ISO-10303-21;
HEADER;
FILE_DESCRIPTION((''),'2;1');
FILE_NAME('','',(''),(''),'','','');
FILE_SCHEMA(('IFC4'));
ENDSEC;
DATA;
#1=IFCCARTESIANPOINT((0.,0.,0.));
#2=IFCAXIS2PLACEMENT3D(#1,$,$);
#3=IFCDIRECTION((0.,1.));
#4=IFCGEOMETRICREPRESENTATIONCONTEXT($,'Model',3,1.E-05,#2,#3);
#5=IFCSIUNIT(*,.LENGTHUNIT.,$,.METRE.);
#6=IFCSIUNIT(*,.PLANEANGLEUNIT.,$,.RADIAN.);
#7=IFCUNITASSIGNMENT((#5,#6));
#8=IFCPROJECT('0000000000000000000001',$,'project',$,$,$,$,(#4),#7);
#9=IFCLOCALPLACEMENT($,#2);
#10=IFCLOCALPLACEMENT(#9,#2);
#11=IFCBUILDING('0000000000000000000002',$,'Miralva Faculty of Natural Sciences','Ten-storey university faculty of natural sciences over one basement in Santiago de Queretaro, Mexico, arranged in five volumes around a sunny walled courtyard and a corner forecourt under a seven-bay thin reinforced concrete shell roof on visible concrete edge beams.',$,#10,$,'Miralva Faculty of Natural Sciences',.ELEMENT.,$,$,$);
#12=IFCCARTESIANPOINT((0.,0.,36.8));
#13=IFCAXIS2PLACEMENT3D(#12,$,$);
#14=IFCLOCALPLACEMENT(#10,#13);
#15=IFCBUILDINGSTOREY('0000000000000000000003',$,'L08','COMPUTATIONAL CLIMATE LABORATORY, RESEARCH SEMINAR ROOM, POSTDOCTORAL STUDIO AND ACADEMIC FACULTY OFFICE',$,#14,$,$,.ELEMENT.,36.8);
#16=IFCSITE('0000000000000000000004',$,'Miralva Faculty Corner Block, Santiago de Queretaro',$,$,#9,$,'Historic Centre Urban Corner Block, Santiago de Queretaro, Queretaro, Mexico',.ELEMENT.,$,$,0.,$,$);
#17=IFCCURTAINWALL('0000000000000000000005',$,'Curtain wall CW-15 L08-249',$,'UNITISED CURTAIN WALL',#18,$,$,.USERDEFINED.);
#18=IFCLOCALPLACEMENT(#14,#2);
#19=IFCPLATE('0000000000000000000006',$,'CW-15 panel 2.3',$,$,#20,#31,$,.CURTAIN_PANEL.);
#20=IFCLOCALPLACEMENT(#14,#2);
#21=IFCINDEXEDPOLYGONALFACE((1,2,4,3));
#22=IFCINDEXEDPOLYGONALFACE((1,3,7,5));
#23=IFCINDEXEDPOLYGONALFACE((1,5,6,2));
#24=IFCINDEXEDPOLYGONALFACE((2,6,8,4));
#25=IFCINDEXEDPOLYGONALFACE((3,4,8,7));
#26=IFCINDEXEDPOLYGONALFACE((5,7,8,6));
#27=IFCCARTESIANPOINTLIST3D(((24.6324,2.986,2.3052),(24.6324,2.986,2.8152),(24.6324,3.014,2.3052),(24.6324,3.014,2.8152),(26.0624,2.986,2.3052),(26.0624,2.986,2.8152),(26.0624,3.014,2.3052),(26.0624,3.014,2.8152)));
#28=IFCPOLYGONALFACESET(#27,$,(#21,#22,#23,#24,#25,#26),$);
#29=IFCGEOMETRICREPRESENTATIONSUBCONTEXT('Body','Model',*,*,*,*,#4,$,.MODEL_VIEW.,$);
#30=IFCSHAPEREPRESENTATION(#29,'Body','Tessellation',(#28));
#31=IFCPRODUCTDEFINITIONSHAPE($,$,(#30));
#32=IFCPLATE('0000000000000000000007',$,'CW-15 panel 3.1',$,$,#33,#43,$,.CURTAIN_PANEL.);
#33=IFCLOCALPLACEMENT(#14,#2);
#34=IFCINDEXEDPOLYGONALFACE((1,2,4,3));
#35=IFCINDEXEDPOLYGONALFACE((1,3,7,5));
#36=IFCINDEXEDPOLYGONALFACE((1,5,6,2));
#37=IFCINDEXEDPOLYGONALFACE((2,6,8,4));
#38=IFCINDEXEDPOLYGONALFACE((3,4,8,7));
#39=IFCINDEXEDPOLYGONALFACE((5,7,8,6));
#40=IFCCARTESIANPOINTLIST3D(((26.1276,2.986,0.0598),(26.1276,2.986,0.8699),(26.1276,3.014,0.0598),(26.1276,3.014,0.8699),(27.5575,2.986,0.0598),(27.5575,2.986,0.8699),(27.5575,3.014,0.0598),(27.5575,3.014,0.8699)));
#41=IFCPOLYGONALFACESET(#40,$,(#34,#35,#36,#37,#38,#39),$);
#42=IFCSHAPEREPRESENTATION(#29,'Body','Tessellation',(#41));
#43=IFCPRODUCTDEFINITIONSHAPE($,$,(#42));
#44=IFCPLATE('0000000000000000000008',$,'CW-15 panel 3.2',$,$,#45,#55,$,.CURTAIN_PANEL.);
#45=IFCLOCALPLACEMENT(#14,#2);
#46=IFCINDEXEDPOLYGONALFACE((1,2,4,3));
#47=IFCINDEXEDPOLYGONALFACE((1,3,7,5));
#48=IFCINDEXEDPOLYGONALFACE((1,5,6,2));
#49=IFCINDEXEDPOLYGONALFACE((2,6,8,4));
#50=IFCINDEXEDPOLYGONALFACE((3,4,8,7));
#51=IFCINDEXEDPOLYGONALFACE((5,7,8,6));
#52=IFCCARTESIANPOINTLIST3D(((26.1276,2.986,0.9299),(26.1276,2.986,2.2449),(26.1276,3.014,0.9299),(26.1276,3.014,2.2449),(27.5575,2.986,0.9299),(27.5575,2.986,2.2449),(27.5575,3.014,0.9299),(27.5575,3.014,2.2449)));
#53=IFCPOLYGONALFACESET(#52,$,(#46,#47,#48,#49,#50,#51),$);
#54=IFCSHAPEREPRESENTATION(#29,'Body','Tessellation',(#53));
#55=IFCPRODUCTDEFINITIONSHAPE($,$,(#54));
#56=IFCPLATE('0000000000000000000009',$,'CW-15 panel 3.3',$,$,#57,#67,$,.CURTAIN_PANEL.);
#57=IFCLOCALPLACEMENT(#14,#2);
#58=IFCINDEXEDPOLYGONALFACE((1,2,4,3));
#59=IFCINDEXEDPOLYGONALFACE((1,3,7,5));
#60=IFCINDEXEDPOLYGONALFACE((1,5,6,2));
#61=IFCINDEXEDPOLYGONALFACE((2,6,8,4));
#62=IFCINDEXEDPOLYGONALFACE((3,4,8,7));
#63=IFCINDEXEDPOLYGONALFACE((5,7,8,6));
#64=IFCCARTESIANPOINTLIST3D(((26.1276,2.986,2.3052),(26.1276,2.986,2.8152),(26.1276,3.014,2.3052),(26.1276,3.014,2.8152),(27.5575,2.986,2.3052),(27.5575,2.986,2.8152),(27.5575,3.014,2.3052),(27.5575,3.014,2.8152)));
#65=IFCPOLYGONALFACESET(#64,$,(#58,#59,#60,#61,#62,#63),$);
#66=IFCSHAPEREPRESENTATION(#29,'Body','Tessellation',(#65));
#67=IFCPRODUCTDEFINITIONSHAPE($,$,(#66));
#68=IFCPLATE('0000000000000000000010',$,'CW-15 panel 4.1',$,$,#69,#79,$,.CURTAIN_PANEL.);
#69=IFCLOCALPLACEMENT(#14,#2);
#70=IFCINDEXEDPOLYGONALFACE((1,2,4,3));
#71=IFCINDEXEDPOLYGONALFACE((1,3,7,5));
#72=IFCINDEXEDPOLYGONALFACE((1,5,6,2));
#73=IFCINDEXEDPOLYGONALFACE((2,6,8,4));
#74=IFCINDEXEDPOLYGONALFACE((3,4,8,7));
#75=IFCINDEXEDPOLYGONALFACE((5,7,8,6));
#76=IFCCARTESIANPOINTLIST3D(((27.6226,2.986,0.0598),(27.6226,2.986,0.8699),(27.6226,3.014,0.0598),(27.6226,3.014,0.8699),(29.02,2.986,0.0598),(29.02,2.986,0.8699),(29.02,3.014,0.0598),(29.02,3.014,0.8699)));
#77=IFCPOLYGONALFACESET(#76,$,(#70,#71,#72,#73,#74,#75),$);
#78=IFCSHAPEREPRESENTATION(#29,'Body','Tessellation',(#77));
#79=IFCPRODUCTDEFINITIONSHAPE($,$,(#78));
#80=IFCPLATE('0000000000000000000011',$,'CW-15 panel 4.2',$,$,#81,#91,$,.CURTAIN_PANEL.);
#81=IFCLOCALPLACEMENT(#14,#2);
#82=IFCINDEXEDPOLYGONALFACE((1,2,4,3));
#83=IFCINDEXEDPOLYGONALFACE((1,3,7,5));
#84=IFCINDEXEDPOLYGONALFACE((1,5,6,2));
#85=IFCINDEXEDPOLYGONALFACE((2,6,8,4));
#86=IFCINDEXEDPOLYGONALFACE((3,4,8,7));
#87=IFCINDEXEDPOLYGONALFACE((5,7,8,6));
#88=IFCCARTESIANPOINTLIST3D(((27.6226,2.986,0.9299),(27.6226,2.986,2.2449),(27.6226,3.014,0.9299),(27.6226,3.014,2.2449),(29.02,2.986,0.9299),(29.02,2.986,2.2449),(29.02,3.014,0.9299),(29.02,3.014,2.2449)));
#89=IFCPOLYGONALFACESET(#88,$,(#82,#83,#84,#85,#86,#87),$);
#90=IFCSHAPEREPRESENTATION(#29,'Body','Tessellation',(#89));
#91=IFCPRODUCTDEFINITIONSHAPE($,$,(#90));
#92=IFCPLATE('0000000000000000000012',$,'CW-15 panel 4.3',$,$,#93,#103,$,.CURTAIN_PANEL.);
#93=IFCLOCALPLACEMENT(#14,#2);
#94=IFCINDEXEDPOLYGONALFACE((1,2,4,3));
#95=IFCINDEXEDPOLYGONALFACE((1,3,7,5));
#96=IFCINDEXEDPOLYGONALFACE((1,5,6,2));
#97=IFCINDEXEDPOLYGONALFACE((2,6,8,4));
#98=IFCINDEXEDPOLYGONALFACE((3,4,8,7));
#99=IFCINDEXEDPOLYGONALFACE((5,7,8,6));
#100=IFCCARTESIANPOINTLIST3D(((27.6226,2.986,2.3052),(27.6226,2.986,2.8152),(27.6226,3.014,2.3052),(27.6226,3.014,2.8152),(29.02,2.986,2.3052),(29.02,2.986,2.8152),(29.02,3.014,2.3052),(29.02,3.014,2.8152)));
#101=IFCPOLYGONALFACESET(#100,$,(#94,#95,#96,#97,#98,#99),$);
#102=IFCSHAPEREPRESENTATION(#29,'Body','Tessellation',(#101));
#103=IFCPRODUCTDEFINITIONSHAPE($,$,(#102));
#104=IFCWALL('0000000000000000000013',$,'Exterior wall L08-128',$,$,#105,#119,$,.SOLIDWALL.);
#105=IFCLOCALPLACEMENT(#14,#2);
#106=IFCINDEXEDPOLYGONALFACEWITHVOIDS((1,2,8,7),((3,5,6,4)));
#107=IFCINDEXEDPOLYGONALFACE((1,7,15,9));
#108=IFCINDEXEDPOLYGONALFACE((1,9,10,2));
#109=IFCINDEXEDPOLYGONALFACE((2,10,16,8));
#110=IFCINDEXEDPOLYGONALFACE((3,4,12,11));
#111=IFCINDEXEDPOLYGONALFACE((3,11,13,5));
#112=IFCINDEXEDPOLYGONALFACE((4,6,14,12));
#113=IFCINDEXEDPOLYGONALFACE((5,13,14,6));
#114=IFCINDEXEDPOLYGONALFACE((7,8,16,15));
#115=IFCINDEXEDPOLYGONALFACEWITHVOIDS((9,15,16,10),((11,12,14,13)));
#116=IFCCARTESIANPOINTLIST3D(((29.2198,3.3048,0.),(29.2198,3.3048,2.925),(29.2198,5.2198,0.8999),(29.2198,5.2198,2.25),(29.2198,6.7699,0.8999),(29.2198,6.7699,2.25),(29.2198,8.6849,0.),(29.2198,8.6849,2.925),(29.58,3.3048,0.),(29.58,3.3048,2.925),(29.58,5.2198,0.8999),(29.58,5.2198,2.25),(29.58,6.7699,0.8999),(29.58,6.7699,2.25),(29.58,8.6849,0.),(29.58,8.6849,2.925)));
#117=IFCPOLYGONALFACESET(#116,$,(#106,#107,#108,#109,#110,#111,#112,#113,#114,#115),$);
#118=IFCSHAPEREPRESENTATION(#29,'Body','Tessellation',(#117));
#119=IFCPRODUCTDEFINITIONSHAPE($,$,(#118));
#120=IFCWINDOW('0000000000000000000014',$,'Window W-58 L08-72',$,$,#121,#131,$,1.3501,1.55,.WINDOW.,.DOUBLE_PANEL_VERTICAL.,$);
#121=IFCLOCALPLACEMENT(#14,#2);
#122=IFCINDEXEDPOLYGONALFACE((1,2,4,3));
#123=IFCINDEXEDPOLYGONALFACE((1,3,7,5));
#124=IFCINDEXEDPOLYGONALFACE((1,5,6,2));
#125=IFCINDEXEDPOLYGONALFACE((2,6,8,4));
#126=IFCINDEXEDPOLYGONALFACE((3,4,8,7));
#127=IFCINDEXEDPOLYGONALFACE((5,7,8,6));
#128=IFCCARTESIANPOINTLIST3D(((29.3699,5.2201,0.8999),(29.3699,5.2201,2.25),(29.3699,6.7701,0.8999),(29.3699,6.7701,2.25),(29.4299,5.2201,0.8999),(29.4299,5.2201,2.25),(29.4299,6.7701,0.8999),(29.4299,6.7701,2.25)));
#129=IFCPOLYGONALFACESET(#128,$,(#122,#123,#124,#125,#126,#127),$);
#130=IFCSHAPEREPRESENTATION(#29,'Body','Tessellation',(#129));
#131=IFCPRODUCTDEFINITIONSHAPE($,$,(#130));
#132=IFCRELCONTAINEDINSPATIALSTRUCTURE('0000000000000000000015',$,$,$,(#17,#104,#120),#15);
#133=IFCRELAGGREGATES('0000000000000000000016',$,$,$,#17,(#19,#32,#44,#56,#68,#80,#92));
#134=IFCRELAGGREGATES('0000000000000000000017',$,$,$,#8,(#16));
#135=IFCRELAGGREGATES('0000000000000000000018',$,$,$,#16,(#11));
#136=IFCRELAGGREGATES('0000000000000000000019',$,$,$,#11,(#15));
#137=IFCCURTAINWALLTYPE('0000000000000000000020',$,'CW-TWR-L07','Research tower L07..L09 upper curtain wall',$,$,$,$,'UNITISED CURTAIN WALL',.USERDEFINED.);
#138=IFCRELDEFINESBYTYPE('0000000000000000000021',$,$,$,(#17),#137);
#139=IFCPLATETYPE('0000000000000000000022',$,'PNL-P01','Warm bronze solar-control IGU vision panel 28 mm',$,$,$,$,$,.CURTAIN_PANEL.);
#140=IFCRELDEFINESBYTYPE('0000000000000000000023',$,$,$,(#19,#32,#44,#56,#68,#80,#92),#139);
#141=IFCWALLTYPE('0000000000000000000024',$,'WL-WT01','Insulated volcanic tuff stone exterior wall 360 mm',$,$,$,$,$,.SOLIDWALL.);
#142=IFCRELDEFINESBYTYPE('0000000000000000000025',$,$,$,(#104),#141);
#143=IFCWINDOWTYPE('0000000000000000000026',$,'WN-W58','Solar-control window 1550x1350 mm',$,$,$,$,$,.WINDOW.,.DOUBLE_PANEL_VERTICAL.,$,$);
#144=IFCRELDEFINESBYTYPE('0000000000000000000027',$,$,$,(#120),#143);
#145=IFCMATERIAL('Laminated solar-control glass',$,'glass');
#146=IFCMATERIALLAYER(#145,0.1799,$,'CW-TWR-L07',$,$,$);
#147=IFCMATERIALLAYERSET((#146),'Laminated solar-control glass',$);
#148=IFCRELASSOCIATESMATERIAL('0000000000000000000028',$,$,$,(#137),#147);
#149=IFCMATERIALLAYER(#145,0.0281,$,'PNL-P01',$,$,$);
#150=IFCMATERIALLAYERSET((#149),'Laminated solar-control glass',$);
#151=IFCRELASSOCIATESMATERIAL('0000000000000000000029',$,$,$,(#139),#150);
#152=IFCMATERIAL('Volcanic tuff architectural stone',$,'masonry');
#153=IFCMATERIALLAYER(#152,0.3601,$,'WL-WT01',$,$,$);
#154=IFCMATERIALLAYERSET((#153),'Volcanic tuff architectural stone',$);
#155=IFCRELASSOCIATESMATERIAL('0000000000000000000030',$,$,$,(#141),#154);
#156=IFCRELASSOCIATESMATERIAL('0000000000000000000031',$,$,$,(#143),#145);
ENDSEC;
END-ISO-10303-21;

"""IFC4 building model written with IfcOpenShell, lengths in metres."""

from ifc_helpers import new_model, si_unit, direction, frame, frame_2d, origin, origin_2d, place, context, subcontext, project, spatial, rectangle, extrude, material, layer, layer_set, type_object, element, fill, aggregate, save


model = new_model("IFC4")

# Units and contexts
model_context = context("Model", 3, precision=1e-05, world=origin(), true_north=direction((0.0, 1.0)))
body_context = subcontext(model_context, "Body", "Model", "MODEL_VIEW")
ifc_project = project(units=[si_unit("LENGTHUNIT", "METRE"), si_unit("PLANEANGLEUNIT", "RADIAN")], contexts=[model_context])

# Site, building, storey
site_placement = place(None, origin())
site = spatial("IfcSite", under=ifc_project, at=site_placement, Name="Miralva Faculty Corner Block, Santiago de Queretaro", LongName="Historic Centre Urban Corner Block, Santiago de Queretaro, Queretaro, Mexico", CompositionType="ELEMENT", RefElevation=0.0)
building_placement = place(site_placement, origin())
building = spatial("IfcBuilding", under=site, at=building_placement, Name="Miralva Faculty of Natural Sciences", Description="Ten-storey university faculty of natural sciences over one basement in Santiago de Queretaro, Mexico, arranged in five volumes around a sunny walled courtyard and a corner forecourt under a seven-bay thin reinforced concrete shell roof on visible concrete edge beams.", LongName="Miralva Faculty of Natural Sciences", CompositionType="ELEMENT")
storey_placement = place(building_placement, frame((0.0, 0.0, 36.8)))
storey = spatial("IfcBuildingStorey", under=building, at=storey_placement, Name="L08", Description="COMPUTATIONAL CLIMATE LABORATORY, RESEARCH SEMINAR ROOM, POSTDOCTORAL STUDIO AND ACADEMIC FACULTY OFFICE", CompositionType="ELEMENT", Elevation=36.8)

# Curtain wall, plates
ifc_material_1 = material(Name="Laminated solar-control glass", Category="glass")
ifc_layer_1 = layer(ifc_material_1, 0.1799, Name="CW-TWR-L07")
ifc_layer_set_1 = layer_set([ifc_layer_1], Name="Laminated solar-control glass")
curtain_wall_type = type_object("IfcCurtainWallType", Name="CW-TWR-L07", Description="Research tower L07..L09 upper curtain wall", ElementType="UNITISED CURTAIN WALL", PredefinedType="USERDEFINED", material=ifc_layer_set_1)
curtain_wall_placement = place(storey_placement, origin())
curtain_wall = element("IfcCurtainWall", 1, at=curtain_wall_placement, inside=storey, type_object=curtain_wall_type, Name="Curtain wall CW-15 L08-249", ObjectType="UNITISED CURTAIN WALL", PredefinedType="USERDEFINED")
ifc_layer_2 = layer(ifc_material_1, 0.0281, Name="PNL-P01")
ifc_layer_set_2 = layer_set([ifc_layer_2], Name="Laminated solar-control glass")
plate_type = type_object("IfcPlateType", Name="PNL-P01", Description="Warm bronze solar-control IGU vision panel 28 mm", PredefinedType="CURTAIN_PANEL", material=ifc_layer_set_2)
plate_1_placement = place(storey_placement, frame((25.3474, 3.0, 2.3052), z_axis=(0.0, 0.0, 1.0), x_axis=(1.0, 0.0, 0.0)))
plate_1 = element("IfcPlate", 2, at=plate_1_placement, type_object=plate_type, Name="CW-15 panel 2.3", PredefinedType="CURTAIN_PANEL", context=body_context, shape_type="SweptSolid", body=[
    extrude(rectangle(XDim=1.4299, YDim=0.0281, at=origin_2d()), origin(), (0.0, 0.0, 1.0), 0.51),
])
plate_2_placement = place(storey_placement, frame((26.8425, 3.0, 0.0598), z_axis=(0.0, 0.0, 1.0), x_axis=(1.0, 0.0, 0.0)))
plate_2 = element("IfcPlate", 3, at=plate_2_placement, type_object=plate_type, Name="CW-15 panel 3.1", PredefinedType="CURTAIN_PANEL", context=body_context, shape_type="SweptSolid", body=[
    extrude(rectangle(XDim=1.4299, YDim=0.0281, at=origin_2d()), origin(), (0.0, 0.0, 1.0), 0.8101),
])
plate_3_placement = place(storey_placement, frame((26.8425, 3.0, 0.9299), z_axis=(0.0, 0.0, 1.0), x_axis=(1.0, 0.0, 0.0)))
plate_3 = element("IfcPlate", 4, at=plate_3_placement, type_object=plate_type, Name="CW-15 panel 3.2", PredefinedType="CURTAIN_PANEL", context=body_context, shape_type="SweptSolid", body=[
    extrude(rectangle(XDim=1.4299, YDim=0.0281, at=origin_2d()), origin(), (0.0, 0.0, 1.0), 1.3149),
])
plate_4_placement = place(storey_placement, frame((26.8425, 3.0, 2.3052), z_axis=(0.0, 0.0, 1.0), x_axis=(1.0, 0.0, 0.0)))
plate_4 = element("IfcPlate", 5, at=plate_4_placement, type_object=plate_type, Name="CW-15 panel 3.3", PredefinedType="CURTAIN_PANEL", context=body_context, shape_type="SweptSolid", body=[
    extrude(rectangle(XDim=1.4299, YDim=0.0281, at=origin_2d()), origin(), (0.0, 0.0, 1.0), 0.51),
])
plate_5_placement = place(storey_placement, frame((28.3213, 3.0, 0.0598), z_axis=(0.0, 0.0, 1.0), x_axis=(1.0, 0.0, 0.0)))
plate_5 = element("IfcPlate", 6, at=plate_5_placement, type_object=plate_type, Name="CW-15 panel 4.1", PredefinedType="CURTAIN_PANEL", context=body_context, shape_type="SweptSolid", body=[
    extrude(rectangle(XDim=1.3975, YDim=0.0281, at=origin_2d()), origin(), (0.0, 0.0, 1.0), 0.8101),
])
plate_6_placement = place(storey_placement, frame((28.3213, 3.0, 0.9299), z_axis=(0.0, 0.0, 1.0), x_axis=(1.0, 0.0, 0.0)))
plate_6 = element("IfcPlate", 7, at=plate_6_placement, type_object=plate_type, Name="CW-15 panel 4.2", PredefinedType="CURTAIN_PANEL", context=body_context, shape_type="SweptSolid", body=[
    extrude(rectangle(XDim=1.3975, YDim=0.0281, at=origin_2d()), origin(), (0.0, 0.0, 1.0), 1.3149),
])
plate_7_placement = place(storey_placement, frame((28.3213, 3.0, 2.3052), z_axis=(0.0, 0.0, 1.0), x_axis=(1.0, 0.0, 0.0)))
plate_7 = element("IfcPlate", 8, at=plate_7_placement, type_object=plate_type, Name="CW-15 panel 4.3", PredefinedType="CURTAIN_PANEL", context=body_context, shape_type="SweptSolid", body=[
    extrude(rectangle(XDim=1.3975, YDim=0.0281, at=origin_2d()), origin(), (0.0, 0.0, 1.0), 0.51),
])
aggregate(curtain_wall, [plate_1, plate_2, plate_3, plate_4, plate_5, plate_6, plate_7])

# Wall, opening, window
ifc_material_2 = material(Name="Volcanic tuff architectural stone", Category="masonry")
ifc_layer_3 = layer(ifc_material_2, 0.3601, Name="WL-WT01")
ifc_layer_set_3 = layer_set([ifc_layer_3], Name="Volcanic tuff architectural stone")
wall_type = type_object("IfcWallType", Name="WL-WT01", Description="Insulated volcanic tuff stone exterior wall 360 mm", PredefinedType="SOLIDWALL", material=ifc_layer_set_3)
wall_placement = place(storey_placement, frame((29.3999, 3.3049, 0.0), z_axis=(0.0, 0.0, 1.0), x_axis=(0.0, 1.0, 0.0)))
wall = element("IfcWall", 9, at=wall_placement, inside=storey, type_object=wall_type, Name="Exterior wall L08-128", PredefinedType="SOLIDWALL", context=body_context, shape_type="SweptSolid", body=[
    extrude(rectangle(XDim=5.3801, YDim=0.3601, at=frame_2d((2.6899, 0.0))), origin(), (0.0, 0.0, 1.0), 2.925),
])
opening_placement = place(wall_placement, frame((1.915, 0.0, 0.8999)))
opening = element("IfcOpeningElement", 10, at=opening_placement, cuts=wall, PredefinedType="OPENING", context=body_context, shape_type="SweptSolid", body=[
    extrude(rectangle(XDim=1.55, YDim=1.3501, at=frame_2d((0.7749, 0.675))), frame((0.0, 0.1899, 0.0), z_axis=(0.0, -1.0, 0.0), x_axis=(1.0, 0.0, 0.0)), (0.0, 0.0, 1.0), 0.3801),
])
window_type = type_object("IfcWindowType", Name="WN-W58", Description="Solar-control window 1550x1350 mm", PartitioningType="DOUBLE_PANEL_VERTICAL", PredefinedType="WINDOW", material=ifc_material_1)
window_placement = place(opening_placement, frame((1.55, 0.0, 0.0), z_axis=(0.0, 0.0, 1.0), x_axis=(-1.0, 0.0, 0.0)))
window = element("IfcWindow", 11, at=window_placement, inside=storey, type_object=window_type, Name="Window W-58 L08-72", OverallHeight=1.3501, OverallWidth=1.55, PartitioningType="DOUBLE_PANEL_VERTICAL", PredefinedType="WINDOW", context=body_context, shape_type="SweptSolid", body=[
    extrude(rectangle(XDim=1.55, YDim=1.3501, at=frame_2d((0.7749, 0.675))), frame((0.0, 0.03, 0.0), z_axis=(0.0, -1.0, 0.0), x_axis=(1.0, 0.0, 0.0)), (0.0, 0.0, 1.0), 0.0601),
])
fill(opening, window)

save(model, "model.ifc")
